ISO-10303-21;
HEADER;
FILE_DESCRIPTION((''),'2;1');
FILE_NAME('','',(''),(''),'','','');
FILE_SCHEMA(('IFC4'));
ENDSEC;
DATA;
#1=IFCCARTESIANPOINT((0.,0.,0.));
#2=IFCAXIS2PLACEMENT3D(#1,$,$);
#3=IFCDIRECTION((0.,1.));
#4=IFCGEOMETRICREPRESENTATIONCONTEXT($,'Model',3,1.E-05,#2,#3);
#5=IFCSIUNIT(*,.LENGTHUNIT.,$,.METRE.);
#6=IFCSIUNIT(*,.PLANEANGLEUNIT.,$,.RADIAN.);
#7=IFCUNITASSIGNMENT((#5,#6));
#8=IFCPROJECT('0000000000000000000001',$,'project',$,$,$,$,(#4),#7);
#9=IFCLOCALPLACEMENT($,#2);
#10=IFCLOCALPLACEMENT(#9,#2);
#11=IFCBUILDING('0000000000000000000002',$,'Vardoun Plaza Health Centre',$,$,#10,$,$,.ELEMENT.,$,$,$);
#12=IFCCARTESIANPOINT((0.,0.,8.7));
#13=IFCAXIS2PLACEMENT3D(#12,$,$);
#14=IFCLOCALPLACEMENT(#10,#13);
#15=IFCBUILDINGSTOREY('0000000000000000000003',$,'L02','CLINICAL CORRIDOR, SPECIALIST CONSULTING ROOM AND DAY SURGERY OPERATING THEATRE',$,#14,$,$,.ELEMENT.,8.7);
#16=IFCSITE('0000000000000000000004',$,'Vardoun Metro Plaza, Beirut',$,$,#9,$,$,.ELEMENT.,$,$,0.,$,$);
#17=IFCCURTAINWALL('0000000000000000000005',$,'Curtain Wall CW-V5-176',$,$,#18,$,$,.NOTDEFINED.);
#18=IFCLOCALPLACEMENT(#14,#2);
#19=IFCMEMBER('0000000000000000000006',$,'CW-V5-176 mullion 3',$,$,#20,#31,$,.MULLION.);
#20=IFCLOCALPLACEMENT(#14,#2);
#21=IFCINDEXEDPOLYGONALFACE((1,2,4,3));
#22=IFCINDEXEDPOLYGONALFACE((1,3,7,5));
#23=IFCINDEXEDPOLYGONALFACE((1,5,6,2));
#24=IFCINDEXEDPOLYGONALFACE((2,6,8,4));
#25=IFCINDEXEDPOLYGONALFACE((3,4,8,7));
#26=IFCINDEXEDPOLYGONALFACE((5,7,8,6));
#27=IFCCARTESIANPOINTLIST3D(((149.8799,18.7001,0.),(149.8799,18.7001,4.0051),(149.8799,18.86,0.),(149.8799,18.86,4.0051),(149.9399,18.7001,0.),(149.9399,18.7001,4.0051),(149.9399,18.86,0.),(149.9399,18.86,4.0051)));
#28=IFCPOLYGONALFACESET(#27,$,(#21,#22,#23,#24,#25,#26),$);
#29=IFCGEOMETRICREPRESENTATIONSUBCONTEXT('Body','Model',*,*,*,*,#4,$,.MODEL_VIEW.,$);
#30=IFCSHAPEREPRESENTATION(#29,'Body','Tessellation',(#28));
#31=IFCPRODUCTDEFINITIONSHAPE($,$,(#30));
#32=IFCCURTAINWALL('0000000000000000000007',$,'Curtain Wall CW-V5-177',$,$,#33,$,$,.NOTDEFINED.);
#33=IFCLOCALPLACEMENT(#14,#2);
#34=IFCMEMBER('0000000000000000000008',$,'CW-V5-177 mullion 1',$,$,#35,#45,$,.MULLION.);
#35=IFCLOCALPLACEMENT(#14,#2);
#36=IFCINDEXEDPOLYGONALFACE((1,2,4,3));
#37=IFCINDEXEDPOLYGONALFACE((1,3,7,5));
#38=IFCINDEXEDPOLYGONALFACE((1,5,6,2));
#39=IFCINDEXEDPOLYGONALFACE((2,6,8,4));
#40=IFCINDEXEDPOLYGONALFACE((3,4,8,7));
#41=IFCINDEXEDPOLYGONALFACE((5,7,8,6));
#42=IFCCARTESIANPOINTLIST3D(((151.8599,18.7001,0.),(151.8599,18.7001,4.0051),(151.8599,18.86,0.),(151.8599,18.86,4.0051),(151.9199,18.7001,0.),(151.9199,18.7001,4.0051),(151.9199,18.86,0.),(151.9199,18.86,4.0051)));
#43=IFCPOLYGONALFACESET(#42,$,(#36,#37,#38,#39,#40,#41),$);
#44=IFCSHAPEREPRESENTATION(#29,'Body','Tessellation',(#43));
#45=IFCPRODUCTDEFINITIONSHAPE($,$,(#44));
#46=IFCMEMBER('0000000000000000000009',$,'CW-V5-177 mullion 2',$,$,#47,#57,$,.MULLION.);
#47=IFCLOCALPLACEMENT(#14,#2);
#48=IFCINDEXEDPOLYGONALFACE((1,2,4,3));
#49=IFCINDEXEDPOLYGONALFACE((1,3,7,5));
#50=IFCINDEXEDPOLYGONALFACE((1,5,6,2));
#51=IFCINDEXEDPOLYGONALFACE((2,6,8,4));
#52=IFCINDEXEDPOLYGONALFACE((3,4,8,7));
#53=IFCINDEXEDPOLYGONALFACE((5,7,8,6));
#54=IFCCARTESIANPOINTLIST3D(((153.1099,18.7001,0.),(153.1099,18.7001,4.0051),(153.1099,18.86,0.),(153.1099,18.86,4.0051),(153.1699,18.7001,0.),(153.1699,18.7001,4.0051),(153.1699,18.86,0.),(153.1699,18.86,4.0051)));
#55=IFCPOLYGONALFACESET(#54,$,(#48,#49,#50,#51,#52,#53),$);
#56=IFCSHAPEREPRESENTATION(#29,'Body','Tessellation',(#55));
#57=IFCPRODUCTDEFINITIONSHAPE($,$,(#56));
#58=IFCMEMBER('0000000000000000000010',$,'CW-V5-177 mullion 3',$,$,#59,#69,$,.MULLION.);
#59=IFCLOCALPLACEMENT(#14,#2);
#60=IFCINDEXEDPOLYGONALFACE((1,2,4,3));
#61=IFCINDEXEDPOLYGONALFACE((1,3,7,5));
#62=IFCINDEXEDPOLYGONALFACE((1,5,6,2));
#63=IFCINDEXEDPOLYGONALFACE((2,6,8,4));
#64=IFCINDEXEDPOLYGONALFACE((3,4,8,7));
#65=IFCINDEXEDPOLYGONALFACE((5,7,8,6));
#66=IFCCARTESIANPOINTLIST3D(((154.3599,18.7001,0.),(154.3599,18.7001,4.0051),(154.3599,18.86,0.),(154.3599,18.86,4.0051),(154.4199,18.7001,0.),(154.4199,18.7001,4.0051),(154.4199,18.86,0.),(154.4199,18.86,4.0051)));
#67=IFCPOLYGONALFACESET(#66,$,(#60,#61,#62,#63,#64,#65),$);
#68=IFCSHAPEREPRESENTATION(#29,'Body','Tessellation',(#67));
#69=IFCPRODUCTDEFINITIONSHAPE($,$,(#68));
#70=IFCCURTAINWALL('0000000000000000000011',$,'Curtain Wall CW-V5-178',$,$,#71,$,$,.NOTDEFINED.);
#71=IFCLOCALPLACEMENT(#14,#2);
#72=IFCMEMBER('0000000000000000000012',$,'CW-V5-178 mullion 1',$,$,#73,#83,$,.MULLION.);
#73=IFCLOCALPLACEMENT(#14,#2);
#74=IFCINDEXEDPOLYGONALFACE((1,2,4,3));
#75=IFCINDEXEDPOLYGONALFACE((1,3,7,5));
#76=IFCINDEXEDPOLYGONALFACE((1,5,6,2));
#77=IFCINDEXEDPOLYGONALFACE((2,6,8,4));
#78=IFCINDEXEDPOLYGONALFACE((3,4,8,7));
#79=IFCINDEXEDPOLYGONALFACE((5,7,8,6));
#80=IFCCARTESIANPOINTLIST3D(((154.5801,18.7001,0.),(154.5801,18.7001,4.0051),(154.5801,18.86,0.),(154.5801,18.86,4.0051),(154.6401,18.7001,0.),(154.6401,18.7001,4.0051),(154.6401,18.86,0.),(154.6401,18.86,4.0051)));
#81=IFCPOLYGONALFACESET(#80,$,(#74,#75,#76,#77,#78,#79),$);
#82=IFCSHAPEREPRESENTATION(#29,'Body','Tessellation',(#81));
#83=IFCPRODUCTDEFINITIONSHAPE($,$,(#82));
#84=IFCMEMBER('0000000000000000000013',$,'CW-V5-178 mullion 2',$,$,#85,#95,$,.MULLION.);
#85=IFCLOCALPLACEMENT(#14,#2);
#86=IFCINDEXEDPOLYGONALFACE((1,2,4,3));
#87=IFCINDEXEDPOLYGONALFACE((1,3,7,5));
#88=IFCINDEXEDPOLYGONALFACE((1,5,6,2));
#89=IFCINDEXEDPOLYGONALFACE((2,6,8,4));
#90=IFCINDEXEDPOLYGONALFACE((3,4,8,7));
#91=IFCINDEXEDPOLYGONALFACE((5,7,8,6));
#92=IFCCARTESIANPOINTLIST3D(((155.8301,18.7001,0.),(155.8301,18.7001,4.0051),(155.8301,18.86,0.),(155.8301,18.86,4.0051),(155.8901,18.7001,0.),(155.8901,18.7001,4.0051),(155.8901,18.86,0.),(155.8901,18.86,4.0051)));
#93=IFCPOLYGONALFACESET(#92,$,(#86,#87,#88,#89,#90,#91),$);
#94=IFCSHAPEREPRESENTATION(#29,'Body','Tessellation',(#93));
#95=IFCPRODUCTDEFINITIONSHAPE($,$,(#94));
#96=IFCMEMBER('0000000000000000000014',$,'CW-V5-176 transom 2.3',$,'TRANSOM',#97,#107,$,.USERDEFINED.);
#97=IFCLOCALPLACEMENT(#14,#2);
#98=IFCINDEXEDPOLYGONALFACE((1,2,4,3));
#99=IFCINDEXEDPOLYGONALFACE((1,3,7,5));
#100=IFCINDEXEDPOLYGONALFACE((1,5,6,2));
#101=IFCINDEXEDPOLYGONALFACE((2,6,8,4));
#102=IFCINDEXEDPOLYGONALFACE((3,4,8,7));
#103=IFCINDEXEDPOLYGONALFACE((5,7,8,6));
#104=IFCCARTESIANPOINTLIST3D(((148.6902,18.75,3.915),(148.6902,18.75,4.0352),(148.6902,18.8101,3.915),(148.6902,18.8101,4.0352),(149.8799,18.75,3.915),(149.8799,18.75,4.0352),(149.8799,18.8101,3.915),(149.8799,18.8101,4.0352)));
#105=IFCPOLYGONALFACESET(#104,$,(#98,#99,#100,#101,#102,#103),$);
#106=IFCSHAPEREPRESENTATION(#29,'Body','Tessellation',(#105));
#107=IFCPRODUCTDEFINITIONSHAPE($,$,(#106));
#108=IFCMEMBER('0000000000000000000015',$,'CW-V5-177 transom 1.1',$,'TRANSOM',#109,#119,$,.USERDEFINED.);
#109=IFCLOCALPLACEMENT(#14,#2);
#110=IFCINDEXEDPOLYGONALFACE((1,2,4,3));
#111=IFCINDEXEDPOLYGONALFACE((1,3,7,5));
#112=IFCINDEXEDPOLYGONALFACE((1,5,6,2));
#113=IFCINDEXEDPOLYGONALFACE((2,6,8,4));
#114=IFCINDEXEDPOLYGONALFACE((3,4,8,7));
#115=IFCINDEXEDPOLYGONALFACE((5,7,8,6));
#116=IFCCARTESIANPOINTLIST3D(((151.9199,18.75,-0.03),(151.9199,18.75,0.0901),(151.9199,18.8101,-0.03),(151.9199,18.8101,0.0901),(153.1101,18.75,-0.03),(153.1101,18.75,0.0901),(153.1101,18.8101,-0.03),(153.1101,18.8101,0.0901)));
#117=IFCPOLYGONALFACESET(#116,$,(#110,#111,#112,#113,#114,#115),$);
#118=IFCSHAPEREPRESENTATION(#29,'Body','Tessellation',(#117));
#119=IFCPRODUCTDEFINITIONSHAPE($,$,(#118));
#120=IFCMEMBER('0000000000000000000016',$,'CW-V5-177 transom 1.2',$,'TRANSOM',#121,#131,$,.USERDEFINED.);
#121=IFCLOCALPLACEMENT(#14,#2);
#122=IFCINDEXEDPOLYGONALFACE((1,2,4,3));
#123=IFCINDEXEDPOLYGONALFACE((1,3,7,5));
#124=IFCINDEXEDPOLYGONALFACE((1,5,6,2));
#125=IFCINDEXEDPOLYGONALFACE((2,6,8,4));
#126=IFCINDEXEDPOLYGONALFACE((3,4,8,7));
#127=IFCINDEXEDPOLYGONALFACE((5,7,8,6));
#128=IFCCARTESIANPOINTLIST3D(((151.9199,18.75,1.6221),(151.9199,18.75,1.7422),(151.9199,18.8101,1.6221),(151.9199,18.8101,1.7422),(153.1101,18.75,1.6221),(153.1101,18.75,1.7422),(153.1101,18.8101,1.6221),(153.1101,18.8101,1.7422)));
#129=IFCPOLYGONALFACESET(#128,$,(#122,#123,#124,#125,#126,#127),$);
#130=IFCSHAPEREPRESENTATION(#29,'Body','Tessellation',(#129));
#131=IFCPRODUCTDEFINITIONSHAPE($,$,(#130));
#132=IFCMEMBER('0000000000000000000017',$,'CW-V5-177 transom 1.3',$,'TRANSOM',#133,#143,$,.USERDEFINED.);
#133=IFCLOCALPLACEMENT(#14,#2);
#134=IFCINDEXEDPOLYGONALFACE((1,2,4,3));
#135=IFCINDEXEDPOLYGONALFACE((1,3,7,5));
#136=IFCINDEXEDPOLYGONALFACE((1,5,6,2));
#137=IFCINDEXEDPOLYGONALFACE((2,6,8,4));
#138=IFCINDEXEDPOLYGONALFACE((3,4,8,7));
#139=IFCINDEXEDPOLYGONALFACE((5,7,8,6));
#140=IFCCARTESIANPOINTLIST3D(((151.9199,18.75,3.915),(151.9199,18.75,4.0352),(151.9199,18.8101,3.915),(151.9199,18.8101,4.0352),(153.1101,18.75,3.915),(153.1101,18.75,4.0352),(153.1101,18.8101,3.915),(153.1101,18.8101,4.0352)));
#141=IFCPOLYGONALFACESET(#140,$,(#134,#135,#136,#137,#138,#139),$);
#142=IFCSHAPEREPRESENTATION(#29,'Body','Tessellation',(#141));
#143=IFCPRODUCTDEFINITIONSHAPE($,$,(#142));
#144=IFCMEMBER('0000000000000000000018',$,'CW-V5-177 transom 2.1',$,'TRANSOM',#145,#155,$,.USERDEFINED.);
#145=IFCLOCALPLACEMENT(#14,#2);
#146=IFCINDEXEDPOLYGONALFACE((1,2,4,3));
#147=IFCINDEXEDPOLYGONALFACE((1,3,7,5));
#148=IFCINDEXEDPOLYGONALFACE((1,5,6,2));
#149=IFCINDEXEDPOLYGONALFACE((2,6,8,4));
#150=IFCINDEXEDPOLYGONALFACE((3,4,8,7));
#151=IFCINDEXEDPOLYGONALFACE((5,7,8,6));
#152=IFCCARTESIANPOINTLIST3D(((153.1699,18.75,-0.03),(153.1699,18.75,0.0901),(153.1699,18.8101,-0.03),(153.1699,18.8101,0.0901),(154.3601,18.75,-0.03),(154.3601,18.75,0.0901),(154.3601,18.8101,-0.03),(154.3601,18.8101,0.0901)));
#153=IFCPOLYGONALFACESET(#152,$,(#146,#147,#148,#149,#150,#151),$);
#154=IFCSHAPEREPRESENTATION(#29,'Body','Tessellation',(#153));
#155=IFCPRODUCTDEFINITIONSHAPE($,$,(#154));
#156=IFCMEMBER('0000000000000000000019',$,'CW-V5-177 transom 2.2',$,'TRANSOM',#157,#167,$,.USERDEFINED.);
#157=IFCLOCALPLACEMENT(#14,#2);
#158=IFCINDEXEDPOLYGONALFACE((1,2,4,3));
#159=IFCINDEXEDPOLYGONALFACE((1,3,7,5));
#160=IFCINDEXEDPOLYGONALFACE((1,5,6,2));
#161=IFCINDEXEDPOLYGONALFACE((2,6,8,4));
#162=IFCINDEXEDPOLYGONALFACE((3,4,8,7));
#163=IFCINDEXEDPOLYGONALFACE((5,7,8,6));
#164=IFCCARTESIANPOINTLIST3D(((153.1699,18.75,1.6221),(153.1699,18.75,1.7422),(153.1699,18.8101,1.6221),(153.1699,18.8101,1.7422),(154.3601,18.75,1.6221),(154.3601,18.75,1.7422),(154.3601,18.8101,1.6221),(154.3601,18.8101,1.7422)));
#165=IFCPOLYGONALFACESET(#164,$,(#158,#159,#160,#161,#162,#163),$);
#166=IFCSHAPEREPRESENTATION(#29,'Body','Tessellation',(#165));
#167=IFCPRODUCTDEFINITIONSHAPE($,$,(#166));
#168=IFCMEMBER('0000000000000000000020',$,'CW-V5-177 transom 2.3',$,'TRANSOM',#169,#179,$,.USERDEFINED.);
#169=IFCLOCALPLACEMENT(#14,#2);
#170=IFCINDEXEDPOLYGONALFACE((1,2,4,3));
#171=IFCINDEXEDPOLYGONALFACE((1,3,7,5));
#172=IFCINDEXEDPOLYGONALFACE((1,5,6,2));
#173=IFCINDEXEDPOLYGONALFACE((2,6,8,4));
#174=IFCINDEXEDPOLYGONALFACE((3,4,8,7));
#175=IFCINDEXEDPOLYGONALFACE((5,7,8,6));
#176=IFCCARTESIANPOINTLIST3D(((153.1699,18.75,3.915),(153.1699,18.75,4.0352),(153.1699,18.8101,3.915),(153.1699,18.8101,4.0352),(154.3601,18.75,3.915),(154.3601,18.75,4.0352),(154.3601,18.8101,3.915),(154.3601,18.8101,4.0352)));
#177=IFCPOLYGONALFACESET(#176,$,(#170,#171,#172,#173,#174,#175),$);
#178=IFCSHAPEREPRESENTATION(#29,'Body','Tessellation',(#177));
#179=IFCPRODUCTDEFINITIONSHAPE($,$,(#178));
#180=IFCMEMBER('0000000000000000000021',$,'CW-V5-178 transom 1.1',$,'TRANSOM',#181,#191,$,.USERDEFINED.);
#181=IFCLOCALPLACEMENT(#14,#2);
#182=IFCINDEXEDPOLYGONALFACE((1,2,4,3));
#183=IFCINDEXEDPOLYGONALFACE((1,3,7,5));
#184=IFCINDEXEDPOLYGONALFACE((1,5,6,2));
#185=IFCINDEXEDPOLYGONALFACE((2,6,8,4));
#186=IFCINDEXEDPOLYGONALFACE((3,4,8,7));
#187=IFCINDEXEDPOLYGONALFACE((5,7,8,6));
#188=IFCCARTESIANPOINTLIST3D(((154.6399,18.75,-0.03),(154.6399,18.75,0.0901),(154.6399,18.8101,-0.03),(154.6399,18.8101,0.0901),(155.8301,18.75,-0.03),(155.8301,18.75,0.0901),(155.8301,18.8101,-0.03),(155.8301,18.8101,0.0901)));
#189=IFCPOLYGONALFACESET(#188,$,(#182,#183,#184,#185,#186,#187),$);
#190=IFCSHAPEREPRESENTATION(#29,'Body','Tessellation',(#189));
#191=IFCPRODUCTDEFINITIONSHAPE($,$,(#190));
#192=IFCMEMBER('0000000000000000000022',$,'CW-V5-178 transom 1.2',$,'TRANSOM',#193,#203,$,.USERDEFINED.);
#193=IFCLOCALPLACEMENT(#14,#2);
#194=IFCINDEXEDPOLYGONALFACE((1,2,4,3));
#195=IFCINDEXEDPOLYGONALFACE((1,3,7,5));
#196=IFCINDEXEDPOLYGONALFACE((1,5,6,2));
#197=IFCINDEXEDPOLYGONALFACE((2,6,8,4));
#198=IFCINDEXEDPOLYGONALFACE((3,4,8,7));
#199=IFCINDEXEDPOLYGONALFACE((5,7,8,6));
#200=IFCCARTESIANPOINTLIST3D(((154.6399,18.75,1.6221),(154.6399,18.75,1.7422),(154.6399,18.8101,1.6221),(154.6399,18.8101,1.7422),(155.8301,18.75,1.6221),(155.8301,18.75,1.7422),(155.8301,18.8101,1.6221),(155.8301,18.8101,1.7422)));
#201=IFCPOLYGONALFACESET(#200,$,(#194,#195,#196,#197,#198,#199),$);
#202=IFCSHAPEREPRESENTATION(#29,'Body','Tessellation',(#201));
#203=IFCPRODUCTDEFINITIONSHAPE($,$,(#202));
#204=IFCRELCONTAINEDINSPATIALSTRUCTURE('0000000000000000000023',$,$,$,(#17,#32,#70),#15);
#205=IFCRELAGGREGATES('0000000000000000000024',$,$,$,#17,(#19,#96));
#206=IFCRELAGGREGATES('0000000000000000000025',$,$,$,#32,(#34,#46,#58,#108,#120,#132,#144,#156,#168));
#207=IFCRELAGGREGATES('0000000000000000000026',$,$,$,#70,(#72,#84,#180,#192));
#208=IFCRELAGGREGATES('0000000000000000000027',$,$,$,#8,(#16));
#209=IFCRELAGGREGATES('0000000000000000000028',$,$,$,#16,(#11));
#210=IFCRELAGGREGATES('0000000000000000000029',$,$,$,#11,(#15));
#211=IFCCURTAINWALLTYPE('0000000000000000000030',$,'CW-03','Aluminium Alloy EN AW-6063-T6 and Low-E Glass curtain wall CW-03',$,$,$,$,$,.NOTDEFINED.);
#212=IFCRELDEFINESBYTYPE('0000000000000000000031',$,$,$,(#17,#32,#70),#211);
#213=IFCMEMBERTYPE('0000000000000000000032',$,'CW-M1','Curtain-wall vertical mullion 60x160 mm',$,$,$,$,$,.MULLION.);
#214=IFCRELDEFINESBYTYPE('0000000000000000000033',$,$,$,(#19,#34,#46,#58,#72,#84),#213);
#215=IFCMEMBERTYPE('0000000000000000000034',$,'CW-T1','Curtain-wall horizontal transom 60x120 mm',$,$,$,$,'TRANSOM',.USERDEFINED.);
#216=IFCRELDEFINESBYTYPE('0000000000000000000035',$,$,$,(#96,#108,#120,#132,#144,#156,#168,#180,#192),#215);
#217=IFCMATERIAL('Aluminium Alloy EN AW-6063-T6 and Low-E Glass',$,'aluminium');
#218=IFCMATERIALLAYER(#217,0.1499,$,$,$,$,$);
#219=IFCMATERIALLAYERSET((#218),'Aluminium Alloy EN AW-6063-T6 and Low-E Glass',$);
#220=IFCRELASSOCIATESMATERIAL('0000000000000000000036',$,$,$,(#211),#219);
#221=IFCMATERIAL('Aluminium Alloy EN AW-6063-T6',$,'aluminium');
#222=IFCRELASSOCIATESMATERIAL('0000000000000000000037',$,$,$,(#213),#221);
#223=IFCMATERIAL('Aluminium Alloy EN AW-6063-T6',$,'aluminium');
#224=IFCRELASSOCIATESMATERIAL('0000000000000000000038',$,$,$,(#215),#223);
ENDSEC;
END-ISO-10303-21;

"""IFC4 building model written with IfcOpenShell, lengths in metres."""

from ifc_helpers import new_model, si_unit, direction, frame, origin, origin_2d, place, context, subcontext, project, spatial, rectangle, extrude, material, layer, layer_set, material_profile, profile_set, type_object, element, aggregate, save


model = new_model("IFC4")

# Units and contexts
model_context = context("Model", 3, precision=1e-05, world=origin(), true_north=direction((0.0, 1.0)))
body_context = subcontext(model_context, "Body", "Model", "MODEL_VIEW")
ifc_project = project(units=[si_unit("LENGTHUNIT", "METRE"), si_unit("PLANEANGLEUNIT", "RADIAN")], contexts=[model_context])

# Site, building, storey
site_placement = place(None, origin())
site = spatial("IfcSite", under=ifc_project, at=site_placement, Name="Vardoun Metro Plaza, Beirut", CompositionType="ELEMENT", RefElevation=0.0)
building_placement = place(site_placement, origin())
building = spatial("IfcBuilding", under=site, at=building_placement, Name="Vardoun Plaza Health Centre", CompositionType="ELEMENT")
storey_placement = place(building_placement, frame((0.0, 0.0, 8.7)))
storey = spatial("IfcBuildingStorey", under=building, at=storey_placement, Name="L02", Description="CLINICAL CORRIDOR, SPECIALIST CONSULTING ROOM AND DAY SURGERY OPERATING THEATRE", CompositionType="ELEMENT", Elevation=8.7)

# Curtain wall, member
ifc_material_1 = material(Name="Aluminium Alloy EN AW-6063-T6 and Low-E Glass", Category="aluminium")
ifc_layer_1 = layer(ifc_material_1, 0.1499)
ifc_layer_set_1 = layer_set([ifc_layer_1], Name="Aluminium Alloy EN AW-6063-T6 and Low-E Glass")
curtain_wall_type = type_object("IfcCurtainWallType", Name="CW-03", Description="Aluminium Alloy EN AW-6063-T6 and Low-E Glass curtain wall CW-03", PredefinedType="NOTDEFINED", material=ifc_layer_set_1)
curtain_wall_1_placement = place(storey_placement, origin())
curtain_wall_1 = element("IfcCurtainWall", 1, at=curtain_wall_1_placement, inside=storey, type_object=curtain_wall_type, Name="Curtain Wall CW-V5-176", PredefinedType="NOTDEFINED")
ifc_material_2 = material(Name="Aluminium Alloy EN AW-6063-T6", Category="aluminium")
ifc_material_profile_1 = material_profile(ifc_material_2, rectangle(XDim=0.1599, YDim=0.0601, at=origin_2d()), Name="CWM 60x160")
ifc_profile_set_1 = profile_set([ifc_material_profile_1], Name="Aluminium Alloy EN AW-6063-T6")
member_type_1 = type_object("IfcMemberType", Name="CW-M1", Description="Curtain-wall vertical mullion 60x160 mm", PredefinedType="MULLION", material=ifc_profile_set_1)
member_1_placement = place(storey_placement, frame((149.9099, 18.78, 0.0), z_axis=(0.0, 0.0, 1.0), x_axis=(0.0, 1.0, 0.0)))
member_1 = element("IfcMember", 2, at=member_1_placement, type_object=member_type_1, Name="CW-V5-176 mullion 3", PredefinedType="MULLION", context=body_context, shape_type="SweptSolid", body=[
    extrude(rectangle(XDim=0.1599, YDim=0.0601, at=origin_2d()), origin(), (0.0, 0.0, 1.0), 4.0051),
])

# Curtain walls, members
curtain_wall_2_placement = place(storey_placement, origin())
curtain_wall_2 = element("IfcCurtainWall", 3, at=curtain_wall_2_placement, inside=storey, type_object=curtain_wall_type, Name="Curtain Wall CW-V5-177", PredefinedType="NOTDEFINED")
member_2_placement = place(storey_placement, frame((151.8899, 18.78, 0.0), z_axis=(0.0, 0.0, 1.0), x_axis=(0.0, 1.0, 0.0)))
member_2 = element("IfcMember", 4, at=member_2_placement, type_object=member_type_1, Name="CW-V5-177 mullion 1", PredefinedType="MULLION", context=body_context, shape_type="SweptSolid", body=[
    extrude(rectangle(XDim=0.1599, YDim=0.0601, at=origin_2d()), origin(), (0.0, 0.0, 1.0), 4.0051),
])
member_3_placement = place(storey_placement, frame((153.1399, 18.78, 0.0), z_axis=(0.0, 0.0, 1.0), x_axis=(0.0, 1.0, 0.0)))
member_3 = element("IfcMember", 5, at=member_3_placement, type_object=member_type_1, Name="CW-V5-177 mullion 2", PredefinedType="MULLION", context=body_context, shape_type="SweptSolid", body=[
    extrude(rectangle(XDim=0.1599, YDim=0.0601, at=origin_2d()), origin(), (0.0, 0.0, 1.0), 4.0051),
])
member_4_placement = place(storey_placement, frame((154.3899, 18.78, 0.0), z_axis=(0.0, 0.0, 1.0), x_axis=(0.0, 1.0, 0.0)))
member_4 = element("IfcMember", 6, at=member_4_placement, type_object=member_type_1, Name="CW-V5-177 mullion 3", PredefinedType="MULLION", context=body_context, shape_type="SweptSolid", body=[
    extrude(rectangle(XDim=0.1599, YDim=0.0601, at=origin_2d()), origin(), (0.0, 0.0, 1.0), 4.0051),
])
curtain_wall_3_placement = place(storey_placement, origin())
curtain_wall_3 = element("IfcCurtainWall", 7, at=curtain_wall_3_placement, inside=storey, type_object=curtain_wall_type, Name="Curtain Wall CW-V5-178", PredefinedType="NOTDEFINED")
member_5_placement = place(storey_placement, frame((154.6101, 18.78, 0.0), z_axis=(0.0, 0.0, 1.0), x_axis=(0.0, 1.0, 0.0)))
member_5 = element("IfcMember", 8, at=member_5_placement, type_object=member_type_1, Name="CW-V5-178 mullion 1", PredefinedType="MULLION", context=body_context, shape_type="SweptSolid", body=[
    extrude(rectangle(XDim=0.1599, YDim=0.0601, at=origin_2d()), origin(), (0.0, 0.0, 1.0), 4.0051),
])
member_6_placement = place(storey_placement, frame((155.8601, 18.78, 0.0), z_axis=(0.0, 0.0, 1.0), x_axis=(0.0, 1.0, 0.0)))
member_6 = element("IfcMember", 9, at=member_6_placement, type_object=member_type_1, Name="CW-V5-178 mullion 2", PredefinedType="MULLION", context=body_context, shape_type="SweptSolid", body=[
    extrude(rectangle(XDim=0.1599, YDim=0.0601, at=origin_2d()), origin(), (0.0, 0.0, 1.0), 4.0051),
])

# Members
ifc_material_3 = material(Name="Aluminium Alloy EN AW-6063-T6", Category="aluminium")
ifc_material_profile_2 = material_profile(ifc_material_3, rectangle(XDim=0.0601, YDim=0.1201, at=origin_2d()), Name="CWT 60x120")
ifc_profile_set_2 = profile_set([ifc_material_profile_2], Name="Aluminium Alloy EN AW-6063-T6")
member_type_2 = type_object("IfcMemberType", Name="CW-T1", Description="Curtain-wall horizontal transom 60x120 mm", ElementType="TRANSOM", PredefinedType="USERDEFINED", material=ifc_profile_set_2)
member_7_placement = place(storey_placement, frame((148.6902, 18.78, 3.9751), z_axis=(1.0, 0.0, 0.0), x_axis=(0.0, 1.0, 0.0)))
member_7 = element("IfcMember", 10, at=member_7_placement, type_object=member_type_2, Name="CW-V5-176 transom 2.3", ObjectType="TRANSOM", PredefinedType="USERDEFINED", context=body_context, shape_type="SweptSolid", body=[
    extrude(rectangle(XDim=0.0601, YDim=0.1201, at=origin_2d()), origin(), (0.0, 0.0, 1.0), 1.1897),
])
member_8_placement = place(storey_placement, frame((151.9199, 18.78, 0.03), z_axis=(1.0, 0.0, 0.0), x_axis=(0.0, 1.0, 0.0)))
member_8 = element("IfcMember", 11, at=member_8_placement, type_object=member_type_2, Name="CW-V5-177 transom 1.1", ObjectType="TRANSOM", PredefinedType="USERDEFINED", context=body_context, shape_type="SweptSolid", body=[
    extrude(rectangle(XDim=0.0601, YDim=0.1201, at=origin_2d()), origin(), (0.0, 0.0, 1.0), 1.1902),
])
member_9_placement = place(storey_placement, frame((151.9199, 18.78, 1.6821), z_axis=(1.0, 0.0, 0.0), x_axis=(0.0, 1.0, 0.0)))
member_9 = element("IfcMember", 12, at=member_9_placement, type_object=member_type_2, Name="CW-V5-177 transom 1.2", ObjectType="TRANSOM", PredefinedType="USERDEFINED", context=body_context, shape_type="SweptSolid", body=[
    extrude(rectangle(XDim=0.0601, YDim=0.1201, at=origin_2d()), origin(), (0.0, 0.0, 1.0), 1.1902),
])
member_10_placement = place(storey_placement, frame((151.9199, 18.78, 3.9751), z_axis=(1.0, 0.0, 0.0), x_axis=(0.0, 1.0, 0.0)))
member_10 = element("IfcMember", 13, at=member_10_placement, type_object=member_type_2, Name="CW-V5-177 transom 1.3", ObjectType="TRANSOM", PredefinedType="USERDEFINED", context=body_context, shape_type="SweptSolid", body=[
    extrude(rectangle(XDim=0.0601, YDim=0.1201, at=origin_2d()), origin(), (0.0, 0.0, 1.0), 1.1902),
])
member_11_placement = place(storey_placement, frame((153.1699, 18.78, 0.03), z_axis=(1.0, 0.0, 0.0), x_axis=(0.0, 1.0, 0.0)))
member_11 = element("IfcMember", 14, at=member_11_placement, type_object=member_type_2, Name="CW-V5-177 transom 2.1", ObjectType="TRANSOM", PredefinedType="USERDEFINED", context=body_context, shape_type="SweptSolid", body=[
    extrude(rectangle(XDim=0.0601, YDim=0.1201, at=origin_2d()), origin(), (0.0, 0.0, 1.0), 1.1902),
])
member_12_placement = place(storey_placement, frame((153.1699, 18.78, 1.6821), z_axis=(1.0, 0.0, 0.0), x_axis=(0.0, 1.0, 0.0)))
member_12 = element("IfcMember", 15, at=member_12_placement, type_object=member_type_2, Name="CW-V5-177 transom 2.2", ObjectType="TRANSOM", PredefinedType="USERDEFINED", context=body_context, shape_type="SweptSolid", body=[
    extrude(rectangle(XDim=0.0601, YDim=0.1201, at=origin_2d()), origin(), (0.0, 0.0, 1.0), 1.1902),
])
member_13_placement = place(storey_placement, frame((153.1699, 18.78, 3.9751), z_axis=(1.0, 0.0, 0.0), x_axis=(0.0, 1.0, 0.0)))
member_13 = element("IfcMember", 16, at=member_13_placement, type_object=member_type_2, Name="CW-V5-177 transom 2.3", ObjectType="TRANSOM", PredefinedType="USERDEFINED", context=body_context, shape_type="SweptSolid", body=[
    extrude(rectangle(XDim=0.0601, YDim=0.1201, at=origin_2d()), origin(), (0.0, 0.0, 1.0), 1.1902),
])
member_14_placement = place(storey_placement, frame((154.6399, 18.78, 0.03), z_axis=(1.0, 0.0, 0.0), x_axis=(0.0, 1.0, 0.0)))
member_14 = element("IfcMember", 17, at=member_14_placement, type_object=member_type_2, Name="CW-V5-178 transom 1.1", ObjectType="TRANSOM", PredefinedType="USERDEFINED", context=body_context, shape_type="SweptSolid", body=[
    extrude(rectangle(XDim=0.0601, YDim=0.1201, at=origin_2d()), origin(), (0.0, 0.0, 1.0), 1.1902),
])
member_15_placement = place(storey_placement, frame((154.6399, 18.78, 1.6821), z_axis=(1.0, 0.0, 0.0), x_axis=(0.0, 1.0, 0.0)))
member_15 = element("IfcMember", 18, at=member_15_placement, type_object=member_type_2, Name="CW-V5-178 transom 1.2", ObjectType="TRANSOM", PredefinedType="USERDEFINED", context=body_context, shape_type="SweptSolid", body=[
    extrude(rectangle(XDim=0.0601, YDim=0.1201, at=origin_2d()), origin(), (0.0, 0.0, 1.0), 1.1902),
])

aggregate(curtain_wall_1, [member_1, member_7])
aggregate(curtain_wall_2, [member_2, member_3, member_4, member_8, member_9, member_10, member_11, member_12, member_13])
aggregate(curtain_wall_3, [member_5, member_6, member_14, member_15])

save(model, "model.ifc")
